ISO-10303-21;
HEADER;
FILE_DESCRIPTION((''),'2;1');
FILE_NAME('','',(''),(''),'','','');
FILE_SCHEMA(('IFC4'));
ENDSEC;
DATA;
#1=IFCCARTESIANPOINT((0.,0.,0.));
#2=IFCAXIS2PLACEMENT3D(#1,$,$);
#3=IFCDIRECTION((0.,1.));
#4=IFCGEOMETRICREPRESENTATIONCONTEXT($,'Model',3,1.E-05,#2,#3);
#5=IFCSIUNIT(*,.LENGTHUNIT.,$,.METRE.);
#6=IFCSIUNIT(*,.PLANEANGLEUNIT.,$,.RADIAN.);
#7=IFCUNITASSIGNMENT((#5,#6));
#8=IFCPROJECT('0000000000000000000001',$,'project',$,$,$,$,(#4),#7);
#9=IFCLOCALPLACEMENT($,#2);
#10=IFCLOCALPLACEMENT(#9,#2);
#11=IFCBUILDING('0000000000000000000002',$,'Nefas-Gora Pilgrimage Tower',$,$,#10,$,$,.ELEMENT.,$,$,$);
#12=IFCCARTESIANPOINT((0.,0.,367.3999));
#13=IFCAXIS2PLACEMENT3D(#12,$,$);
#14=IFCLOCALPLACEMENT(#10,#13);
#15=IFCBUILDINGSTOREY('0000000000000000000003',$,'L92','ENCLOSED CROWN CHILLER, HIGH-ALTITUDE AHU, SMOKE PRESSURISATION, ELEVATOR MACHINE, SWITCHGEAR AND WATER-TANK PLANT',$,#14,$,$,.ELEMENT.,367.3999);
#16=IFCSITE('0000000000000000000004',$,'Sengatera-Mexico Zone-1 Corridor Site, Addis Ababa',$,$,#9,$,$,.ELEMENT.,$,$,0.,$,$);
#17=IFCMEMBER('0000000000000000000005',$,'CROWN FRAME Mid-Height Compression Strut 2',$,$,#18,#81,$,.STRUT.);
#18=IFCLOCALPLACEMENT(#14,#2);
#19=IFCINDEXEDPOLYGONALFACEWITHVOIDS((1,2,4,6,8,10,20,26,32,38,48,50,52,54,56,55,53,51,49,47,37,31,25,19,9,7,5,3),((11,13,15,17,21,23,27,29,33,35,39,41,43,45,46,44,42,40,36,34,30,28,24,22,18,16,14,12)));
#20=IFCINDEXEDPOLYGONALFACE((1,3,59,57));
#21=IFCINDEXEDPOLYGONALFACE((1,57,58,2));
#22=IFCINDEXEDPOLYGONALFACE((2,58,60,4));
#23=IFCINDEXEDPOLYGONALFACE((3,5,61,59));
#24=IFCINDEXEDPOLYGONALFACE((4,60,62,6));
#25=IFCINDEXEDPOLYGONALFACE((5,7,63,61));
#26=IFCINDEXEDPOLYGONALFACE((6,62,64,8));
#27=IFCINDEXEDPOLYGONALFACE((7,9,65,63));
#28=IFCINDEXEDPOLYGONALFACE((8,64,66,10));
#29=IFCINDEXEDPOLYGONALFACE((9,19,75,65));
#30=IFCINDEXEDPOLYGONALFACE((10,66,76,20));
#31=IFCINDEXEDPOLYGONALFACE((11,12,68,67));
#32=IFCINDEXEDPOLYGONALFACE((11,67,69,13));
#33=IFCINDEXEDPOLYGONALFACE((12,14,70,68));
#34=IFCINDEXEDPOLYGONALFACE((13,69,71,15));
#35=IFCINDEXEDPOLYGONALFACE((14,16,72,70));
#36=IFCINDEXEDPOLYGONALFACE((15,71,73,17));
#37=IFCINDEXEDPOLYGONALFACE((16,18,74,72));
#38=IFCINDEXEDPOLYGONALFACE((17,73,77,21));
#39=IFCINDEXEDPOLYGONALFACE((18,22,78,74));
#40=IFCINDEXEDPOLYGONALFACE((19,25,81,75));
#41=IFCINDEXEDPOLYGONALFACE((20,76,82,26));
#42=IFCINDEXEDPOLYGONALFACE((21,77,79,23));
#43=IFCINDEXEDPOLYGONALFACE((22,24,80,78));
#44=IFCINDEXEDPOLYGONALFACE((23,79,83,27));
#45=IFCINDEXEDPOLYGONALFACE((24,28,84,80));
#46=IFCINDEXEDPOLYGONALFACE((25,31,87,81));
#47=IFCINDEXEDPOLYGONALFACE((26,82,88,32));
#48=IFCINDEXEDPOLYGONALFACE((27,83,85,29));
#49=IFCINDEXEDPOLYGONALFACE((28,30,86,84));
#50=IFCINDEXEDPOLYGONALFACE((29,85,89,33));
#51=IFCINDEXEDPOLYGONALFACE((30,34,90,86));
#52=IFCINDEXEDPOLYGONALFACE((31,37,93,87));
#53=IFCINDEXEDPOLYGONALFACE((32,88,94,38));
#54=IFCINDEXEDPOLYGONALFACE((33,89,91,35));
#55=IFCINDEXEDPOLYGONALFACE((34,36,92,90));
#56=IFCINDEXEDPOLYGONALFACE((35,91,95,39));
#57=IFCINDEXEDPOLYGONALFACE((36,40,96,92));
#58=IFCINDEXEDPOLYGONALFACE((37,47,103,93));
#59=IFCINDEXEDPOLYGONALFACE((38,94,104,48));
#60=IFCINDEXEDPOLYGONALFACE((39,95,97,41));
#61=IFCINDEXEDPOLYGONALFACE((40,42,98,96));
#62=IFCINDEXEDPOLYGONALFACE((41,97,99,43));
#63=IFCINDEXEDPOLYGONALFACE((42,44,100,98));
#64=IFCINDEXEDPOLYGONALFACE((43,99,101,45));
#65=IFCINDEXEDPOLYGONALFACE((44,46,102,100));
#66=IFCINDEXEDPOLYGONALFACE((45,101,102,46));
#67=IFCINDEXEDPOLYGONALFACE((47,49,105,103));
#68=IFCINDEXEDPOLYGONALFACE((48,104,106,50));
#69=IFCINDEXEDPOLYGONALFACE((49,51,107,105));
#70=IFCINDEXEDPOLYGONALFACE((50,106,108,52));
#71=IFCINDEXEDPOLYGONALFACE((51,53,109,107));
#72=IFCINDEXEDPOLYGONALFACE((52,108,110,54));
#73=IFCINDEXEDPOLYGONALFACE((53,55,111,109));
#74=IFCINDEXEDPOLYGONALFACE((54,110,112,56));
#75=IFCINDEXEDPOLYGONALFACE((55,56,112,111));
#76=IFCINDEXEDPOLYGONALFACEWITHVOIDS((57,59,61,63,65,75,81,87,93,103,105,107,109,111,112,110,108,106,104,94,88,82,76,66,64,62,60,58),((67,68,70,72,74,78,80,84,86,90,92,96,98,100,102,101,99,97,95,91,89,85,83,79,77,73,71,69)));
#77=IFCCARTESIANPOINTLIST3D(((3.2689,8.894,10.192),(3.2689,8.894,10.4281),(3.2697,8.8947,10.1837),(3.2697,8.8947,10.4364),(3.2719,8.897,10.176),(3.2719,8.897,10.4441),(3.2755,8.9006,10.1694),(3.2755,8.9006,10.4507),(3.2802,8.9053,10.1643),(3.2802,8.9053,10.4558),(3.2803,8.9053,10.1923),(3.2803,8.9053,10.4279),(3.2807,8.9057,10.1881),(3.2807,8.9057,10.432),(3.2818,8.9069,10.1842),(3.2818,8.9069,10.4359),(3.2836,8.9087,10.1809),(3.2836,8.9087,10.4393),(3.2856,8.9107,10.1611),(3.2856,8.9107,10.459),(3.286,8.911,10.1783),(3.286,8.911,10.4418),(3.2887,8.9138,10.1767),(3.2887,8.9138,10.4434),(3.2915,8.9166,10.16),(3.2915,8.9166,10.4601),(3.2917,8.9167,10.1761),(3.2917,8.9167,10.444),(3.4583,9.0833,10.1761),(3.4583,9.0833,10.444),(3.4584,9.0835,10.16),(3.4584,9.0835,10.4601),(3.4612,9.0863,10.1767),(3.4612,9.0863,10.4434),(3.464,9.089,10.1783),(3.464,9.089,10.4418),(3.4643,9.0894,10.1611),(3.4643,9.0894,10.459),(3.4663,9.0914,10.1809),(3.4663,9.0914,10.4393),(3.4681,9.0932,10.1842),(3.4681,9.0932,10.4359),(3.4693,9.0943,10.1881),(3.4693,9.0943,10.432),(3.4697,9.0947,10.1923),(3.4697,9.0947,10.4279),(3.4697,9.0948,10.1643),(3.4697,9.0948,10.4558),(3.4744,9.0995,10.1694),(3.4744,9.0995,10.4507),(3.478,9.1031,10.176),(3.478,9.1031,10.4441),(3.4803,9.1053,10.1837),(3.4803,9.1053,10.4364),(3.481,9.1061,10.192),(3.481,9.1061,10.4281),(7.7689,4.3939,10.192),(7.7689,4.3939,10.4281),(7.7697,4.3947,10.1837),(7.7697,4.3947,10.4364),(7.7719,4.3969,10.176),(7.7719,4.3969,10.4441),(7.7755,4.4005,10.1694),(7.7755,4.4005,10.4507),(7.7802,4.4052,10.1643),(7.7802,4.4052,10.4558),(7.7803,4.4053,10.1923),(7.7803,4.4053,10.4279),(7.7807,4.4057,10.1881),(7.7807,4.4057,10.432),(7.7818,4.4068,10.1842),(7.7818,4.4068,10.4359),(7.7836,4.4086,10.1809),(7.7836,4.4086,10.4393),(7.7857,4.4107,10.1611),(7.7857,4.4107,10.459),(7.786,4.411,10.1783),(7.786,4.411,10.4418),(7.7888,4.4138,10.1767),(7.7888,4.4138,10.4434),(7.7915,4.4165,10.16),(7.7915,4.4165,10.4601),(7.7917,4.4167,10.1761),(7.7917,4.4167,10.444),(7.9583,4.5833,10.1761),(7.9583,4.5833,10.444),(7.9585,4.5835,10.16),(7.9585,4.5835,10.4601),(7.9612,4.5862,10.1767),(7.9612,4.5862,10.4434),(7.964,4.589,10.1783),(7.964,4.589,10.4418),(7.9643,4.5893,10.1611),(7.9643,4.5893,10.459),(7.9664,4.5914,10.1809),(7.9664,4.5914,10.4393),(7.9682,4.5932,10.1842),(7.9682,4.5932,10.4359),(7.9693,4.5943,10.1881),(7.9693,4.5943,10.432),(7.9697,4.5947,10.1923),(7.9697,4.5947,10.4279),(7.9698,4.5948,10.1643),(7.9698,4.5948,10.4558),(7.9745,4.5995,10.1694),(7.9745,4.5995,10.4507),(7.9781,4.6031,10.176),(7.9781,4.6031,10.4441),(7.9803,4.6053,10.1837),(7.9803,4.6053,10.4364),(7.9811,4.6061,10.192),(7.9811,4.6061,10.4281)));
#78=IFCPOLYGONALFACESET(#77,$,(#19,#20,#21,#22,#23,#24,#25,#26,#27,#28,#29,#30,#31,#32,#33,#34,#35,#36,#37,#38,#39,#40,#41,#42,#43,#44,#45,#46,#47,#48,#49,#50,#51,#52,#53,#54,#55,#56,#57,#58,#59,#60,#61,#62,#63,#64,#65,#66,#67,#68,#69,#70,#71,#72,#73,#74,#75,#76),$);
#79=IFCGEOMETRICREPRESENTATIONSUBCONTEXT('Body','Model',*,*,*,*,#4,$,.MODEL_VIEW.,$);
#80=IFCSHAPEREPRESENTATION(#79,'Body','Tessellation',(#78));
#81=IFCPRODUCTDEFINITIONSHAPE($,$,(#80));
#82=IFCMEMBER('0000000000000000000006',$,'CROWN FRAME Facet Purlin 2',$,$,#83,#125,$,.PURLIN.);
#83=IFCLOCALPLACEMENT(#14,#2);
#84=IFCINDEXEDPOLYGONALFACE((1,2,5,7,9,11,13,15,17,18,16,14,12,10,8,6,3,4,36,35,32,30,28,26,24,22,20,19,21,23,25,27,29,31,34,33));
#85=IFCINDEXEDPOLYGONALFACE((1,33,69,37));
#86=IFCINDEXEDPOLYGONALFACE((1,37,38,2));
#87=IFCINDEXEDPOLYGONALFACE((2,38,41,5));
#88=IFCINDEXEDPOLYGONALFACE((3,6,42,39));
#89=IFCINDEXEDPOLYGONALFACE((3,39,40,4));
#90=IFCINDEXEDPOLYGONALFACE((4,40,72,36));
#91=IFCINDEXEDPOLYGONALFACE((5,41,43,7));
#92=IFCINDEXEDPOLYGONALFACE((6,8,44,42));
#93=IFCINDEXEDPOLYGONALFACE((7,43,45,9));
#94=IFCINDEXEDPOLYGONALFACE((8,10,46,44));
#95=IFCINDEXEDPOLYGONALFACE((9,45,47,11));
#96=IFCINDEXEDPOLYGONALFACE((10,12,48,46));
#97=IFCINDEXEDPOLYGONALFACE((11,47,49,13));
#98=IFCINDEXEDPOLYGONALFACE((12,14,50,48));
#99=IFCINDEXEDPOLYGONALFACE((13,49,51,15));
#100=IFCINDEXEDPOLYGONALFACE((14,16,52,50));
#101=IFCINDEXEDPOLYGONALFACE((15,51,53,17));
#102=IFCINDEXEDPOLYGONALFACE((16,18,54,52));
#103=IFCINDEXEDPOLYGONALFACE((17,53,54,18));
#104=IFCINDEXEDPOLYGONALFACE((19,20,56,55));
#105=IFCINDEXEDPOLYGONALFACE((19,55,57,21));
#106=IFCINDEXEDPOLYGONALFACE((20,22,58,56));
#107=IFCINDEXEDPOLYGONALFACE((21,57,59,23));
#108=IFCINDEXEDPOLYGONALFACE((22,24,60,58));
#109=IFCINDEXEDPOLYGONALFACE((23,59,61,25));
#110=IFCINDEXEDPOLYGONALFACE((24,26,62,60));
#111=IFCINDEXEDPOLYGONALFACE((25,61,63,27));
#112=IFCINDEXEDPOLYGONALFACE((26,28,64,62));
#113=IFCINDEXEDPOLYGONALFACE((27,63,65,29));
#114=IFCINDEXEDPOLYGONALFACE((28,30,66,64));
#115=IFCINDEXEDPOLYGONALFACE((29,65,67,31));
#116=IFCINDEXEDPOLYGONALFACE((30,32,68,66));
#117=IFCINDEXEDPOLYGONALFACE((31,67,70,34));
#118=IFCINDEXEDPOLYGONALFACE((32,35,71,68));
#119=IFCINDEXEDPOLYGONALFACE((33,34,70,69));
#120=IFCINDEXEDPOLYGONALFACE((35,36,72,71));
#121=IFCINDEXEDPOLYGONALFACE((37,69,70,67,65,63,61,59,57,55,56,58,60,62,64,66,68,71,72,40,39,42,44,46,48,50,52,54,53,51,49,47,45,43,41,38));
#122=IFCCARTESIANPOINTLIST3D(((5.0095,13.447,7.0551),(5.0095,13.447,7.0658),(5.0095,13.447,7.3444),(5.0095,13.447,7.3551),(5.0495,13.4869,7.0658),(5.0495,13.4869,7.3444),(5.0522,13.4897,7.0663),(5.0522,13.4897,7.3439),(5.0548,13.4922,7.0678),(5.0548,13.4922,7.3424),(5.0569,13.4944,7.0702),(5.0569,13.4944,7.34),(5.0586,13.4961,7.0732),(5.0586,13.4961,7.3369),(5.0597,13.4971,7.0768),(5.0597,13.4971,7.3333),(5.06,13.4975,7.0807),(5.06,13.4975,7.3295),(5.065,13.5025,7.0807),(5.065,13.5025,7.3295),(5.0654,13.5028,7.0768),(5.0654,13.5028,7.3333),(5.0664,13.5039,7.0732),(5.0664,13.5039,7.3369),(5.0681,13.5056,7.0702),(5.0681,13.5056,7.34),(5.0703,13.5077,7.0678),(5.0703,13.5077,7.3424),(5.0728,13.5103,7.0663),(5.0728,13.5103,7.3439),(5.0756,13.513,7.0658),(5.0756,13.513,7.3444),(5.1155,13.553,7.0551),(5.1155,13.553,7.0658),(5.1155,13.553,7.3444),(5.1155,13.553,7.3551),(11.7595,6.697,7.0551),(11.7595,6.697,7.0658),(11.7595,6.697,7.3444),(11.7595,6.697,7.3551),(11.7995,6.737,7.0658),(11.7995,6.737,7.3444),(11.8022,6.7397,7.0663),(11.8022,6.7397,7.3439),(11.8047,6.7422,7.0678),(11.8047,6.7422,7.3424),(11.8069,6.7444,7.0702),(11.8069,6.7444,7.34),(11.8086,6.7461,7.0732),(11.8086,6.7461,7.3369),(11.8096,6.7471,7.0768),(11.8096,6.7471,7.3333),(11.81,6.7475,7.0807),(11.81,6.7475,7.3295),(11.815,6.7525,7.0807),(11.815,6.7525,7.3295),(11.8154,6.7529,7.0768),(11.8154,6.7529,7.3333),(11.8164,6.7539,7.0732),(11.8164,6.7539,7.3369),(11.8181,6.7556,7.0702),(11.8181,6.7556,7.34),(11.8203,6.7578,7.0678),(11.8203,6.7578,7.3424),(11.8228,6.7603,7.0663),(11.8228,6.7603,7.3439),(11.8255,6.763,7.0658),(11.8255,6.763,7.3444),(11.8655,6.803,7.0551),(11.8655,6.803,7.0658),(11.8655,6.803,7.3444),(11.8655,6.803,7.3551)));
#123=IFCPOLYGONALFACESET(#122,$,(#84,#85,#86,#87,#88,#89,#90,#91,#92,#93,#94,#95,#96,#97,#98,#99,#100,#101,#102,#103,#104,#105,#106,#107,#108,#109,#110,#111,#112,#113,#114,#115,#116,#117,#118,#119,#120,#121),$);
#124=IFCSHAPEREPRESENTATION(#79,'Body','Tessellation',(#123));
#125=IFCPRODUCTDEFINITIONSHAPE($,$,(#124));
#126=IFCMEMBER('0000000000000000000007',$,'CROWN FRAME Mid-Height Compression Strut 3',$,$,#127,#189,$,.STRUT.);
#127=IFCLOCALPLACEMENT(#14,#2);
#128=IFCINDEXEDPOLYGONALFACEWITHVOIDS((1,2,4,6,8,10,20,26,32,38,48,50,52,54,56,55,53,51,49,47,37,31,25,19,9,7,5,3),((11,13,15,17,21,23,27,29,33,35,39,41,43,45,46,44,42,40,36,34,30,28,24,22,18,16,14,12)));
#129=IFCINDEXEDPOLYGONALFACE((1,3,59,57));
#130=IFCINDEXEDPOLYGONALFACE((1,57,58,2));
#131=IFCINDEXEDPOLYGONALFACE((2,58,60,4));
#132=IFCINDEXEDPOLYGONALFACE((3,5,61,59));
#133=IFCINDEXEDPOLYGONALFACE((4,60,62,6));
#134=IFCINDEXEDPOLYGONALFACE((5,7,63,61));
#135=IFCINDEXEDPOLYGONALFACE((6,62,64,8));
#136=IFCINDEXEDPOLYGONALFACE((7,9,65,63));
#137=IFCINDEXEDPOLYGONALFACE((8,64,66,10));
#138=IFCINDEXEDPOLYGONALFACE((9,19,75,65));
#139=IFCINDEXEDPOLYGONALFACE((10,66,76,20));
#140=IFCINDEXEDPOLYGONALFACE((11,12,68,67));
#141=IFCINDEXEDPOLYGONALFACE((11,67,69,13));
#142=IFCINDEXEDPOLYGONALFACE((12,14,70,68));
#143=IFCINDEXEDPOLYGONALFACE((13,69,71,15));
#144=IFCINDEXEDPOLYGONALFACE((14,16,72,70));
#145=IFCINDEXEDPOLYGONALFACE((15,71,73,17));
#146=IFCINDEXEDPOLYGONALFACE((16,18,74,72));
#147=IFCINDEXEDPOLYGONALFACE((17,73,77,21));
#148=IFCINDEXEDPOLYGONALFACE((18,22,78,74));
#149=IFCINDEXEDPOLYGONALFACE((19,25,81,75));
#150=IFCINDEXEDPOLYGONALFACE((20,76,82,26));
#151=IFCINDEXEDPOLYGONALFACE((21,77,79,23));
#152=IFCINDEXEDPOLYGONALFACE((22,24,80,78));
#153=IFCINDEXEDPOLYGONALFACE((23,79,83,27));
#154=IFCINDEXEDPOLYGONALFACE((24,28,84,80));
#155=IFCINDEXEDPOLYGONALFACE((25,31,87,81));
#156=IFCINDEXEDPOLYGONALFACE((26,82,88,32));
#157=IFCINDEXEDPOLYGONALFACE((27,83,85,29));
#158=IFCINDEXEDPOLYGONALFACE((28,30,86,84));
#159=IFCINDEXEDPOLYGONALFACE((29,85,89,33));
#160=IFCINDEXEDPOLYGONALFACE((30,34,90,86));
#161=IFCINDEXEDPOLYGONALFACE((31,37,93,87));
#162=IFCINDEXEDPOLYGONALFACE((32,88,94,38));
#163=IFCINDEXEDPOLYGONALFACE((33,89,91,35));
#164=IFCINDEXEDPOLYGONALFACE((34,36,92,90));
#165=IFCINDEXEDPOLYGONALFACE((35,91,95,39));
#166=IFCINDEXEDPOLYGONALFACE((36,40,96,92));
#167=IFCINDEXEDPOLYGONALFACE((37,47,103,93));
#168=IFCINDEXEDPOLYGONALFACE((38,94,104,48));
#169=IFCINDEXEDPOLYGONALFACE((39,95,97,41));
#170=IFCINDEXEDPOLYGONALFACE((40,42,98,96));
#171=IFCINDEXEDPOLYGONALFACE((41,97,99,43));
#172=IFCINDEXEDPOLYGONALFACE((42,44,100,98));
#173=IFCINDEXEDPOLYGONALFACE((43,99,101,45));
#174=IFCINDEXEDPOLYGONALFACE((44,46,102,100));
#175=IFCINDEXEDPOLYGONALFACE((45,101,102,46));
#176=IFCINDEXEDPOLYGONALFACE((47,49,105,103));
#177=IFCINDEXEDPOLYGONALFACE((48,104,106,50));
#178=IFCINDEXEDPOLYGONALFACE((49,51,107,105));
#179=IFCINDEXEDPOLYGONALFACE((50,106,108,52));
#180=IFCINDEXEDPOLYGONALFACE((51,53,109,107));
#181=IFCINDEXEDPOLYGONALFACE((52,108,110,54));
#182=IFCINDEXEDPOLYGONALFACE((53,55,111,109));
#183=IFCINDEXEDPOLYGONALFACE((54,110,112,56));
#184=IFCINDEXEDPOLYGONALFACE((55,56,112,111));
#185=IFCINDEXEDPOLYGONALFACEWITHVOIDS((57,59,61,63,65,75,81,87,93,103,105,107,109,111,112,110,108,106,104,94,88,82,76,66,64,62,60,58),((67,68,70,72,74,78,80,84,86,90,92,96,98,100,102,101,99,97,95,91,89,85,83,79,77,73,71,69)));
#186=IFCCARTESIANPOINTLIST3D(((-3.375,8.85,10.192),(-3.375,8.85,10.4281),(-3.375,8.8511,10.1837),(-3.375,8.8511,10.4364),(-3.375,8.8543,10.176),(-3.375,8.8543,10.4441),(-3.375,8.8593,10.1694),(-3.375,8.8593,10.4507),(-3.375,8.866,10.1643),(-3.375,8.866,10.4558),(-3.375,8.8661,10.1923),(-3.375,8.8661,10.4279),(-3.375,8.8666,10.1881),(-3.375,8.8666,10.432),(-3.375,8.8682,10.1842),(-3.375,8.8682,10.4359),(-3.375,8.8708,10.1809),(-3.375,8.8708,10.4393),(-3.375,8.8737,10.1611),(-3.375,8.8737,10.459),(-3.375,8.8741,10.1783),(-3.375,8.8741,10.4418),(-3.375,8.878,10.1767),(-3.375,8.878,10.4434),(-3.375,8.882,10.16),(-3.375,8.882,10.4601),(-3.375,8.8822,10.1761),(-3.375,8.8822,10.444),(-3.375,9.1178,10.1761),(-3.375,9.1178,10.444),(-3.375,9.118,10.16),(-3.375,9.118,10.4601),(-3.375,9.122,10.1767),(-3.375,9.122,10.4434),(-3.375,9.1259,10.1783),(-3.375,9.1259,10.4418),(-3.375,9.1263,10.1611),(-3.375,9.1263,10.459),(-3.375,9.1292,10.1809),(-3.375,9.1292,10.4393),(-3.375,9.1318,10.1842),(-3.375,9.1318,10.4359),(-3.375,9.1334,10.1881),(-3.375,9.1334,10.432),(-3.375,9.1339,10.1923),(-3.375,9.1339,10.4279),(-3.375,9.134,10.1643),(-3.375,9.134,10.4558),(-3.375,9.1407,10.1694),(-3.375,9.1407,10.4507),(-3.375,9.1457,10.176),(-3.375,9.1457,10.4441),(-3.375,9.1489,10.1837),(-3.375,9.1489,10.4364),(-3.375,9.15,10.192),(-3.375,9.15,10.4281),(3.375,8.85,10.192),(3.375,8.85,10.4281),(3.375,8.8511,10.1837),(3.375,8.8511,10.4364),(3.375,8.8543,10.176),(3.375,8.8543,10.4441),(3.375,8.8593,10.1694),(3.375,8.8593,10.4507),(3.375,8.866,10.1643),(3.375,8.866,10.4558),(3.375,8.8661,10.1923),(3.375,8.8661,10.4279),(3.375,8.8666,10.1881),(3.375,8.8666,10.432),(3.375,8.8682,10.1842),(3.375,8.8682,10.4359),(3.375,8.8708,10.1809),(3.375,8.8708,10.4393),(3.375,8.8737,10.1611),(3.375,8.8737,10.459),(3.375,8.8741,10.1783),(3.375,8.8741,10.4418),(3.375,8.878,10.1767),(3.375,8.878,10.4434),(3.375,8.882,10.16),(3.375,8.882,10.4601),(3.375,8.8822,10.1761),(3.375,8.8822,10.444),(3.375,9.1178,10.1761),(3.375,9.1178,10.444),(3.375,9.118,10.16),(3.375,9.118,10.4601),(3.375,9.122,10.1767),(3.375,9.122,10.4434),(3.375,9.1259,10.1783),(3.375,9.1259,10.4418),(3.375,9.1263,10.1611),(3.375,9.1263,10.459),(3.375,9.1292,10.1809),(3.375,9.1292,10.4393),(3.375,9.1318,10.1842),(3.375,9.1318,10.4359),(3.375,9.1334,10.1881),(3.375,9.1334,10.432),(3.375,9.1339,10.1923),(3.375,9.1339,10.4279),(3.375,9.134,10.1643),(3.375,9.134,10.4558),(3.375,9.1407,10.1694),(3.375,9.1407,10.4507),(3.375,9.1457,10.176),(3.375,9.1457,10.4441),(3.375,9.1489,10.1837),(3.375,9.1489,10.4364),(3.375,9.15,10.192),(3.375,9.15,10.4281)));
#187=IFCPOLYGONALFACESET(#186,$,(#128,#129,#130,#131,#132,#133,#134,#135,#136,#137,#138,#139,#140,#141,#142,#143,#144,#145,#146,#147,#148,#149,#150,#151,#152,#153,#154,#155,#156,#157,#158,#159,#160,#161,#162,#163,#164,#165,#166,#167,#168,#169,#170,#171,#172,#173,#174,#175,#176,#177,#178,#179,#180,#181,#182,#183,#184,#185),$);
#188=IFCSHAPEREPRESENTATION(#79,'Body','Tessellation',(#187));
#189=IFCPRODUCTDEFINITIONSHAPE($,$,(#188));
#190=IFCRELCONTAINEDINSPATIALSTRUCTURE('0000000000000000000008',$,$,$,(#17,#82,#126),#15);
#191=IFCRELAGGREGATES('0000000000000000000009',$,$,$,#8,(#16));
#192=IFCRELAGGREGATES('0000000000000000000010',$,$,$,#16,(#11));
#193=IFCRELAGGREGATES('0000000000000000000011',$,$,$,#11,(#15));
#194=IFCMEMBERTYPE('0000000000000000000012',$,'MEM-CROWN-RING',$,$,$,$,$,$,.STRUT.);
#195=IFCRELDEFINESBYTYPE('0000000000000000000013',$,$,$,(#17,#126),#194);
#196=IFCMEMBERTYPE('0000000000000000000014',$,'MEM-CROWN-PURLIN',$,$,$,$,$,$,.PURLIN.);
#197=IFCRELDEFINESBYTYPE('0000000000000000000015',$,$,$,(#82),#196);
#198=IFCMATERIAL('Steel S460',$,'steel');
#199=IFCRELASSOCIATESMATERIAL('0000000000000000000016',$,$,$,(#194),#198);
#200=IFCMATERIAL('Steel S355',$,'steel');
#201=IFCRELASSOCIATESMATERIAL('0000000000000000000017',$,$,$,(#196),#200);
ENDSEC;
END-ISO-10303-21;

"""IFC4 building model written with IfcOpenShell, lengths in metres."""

from ifc_helpers import new_model, si_unit, direction, frame, origin, origin_2d, place, context, subcontext, project, spatial, hollow_rectangle, i_section, extrude, source, transform, mapped, material, material_profile, profile_set, type_object, element, save


model = new_model("IFC4")

# Units and contexts
model_context = context("Model", 3, precision=1e-05, world=origin(), true_north=direction((0.0, 1.0)))
body_context = subcontext(model_context, "Body", "Model", "MODEL_VIEW")
ifc_project = project(units=[si_unit("LENGTHUNIT", "METRE"), si_unit("PLANEANGLEUNIT", "RADIAN")], contexts=[model_context])

# Site, building, storey
site_placement = place(None, origin())
site = spatial("IfcSite", under=ifc_project, at=site_placement, Name="Sengatera-Mexico Zone-1 Corridor Site, Addis Ababa", CompositionType="ELEMENT", RefElevation=0.0)
building_placement = place(site_placement, origin())
building = spatial("IfcBuilding", under=site, at=building_placement, Name="Nefas-Gora Pilgrimage Tower", CompositionType="ELEMENT")
storey_placement = place(building_placement, frame((0.0, 0.0, 367.3999)))
storey = spatial("IfcBuildingStorey", under=building, at=storey_placement, Name="L92", Description="ENCLOSED CROWN CHILLER, HIGH-ALTITUDE AHU, SMOKE PRESSURISATION, ELEVATOR MACHINE, SWITCHGEAR AND WATER-TANK PLANT", CompositionType="ELEMENT", Elevation=367.3999)

# Shared definitions
ifc_material_1 = material(Name="Steel S355", Category="steel")

# Members
ifc_material_2 = material(Name="Steel S460", Category="steel")
ifc_material_profile_1 = material_profile(ifc_material_2, hollow_rectangle(XDim=0.3, YDim=0.3, WallThickness=0.0161, InnerFilletRadius=0.0161, OuterFilletRadius=0.032, at=origin_2d()), Name="SHS 300x300x16")
ifc_profile_set_1 = profile_set([ifc_material_profile_1], Name="Steel S460")
member_type_1 = type_object("IfcMemberType", Name="MEM-CROWN-RING", PredefinedType="STRUT", material=ifc_profile_set_1)
shared_shape_1 = source(origin(), body_context, "Body", "SweptSolid", [
    extrude(hollow_rectangle(XDim=0.3, YDim=0.3, WallThickness=0.0161, InnerFilletRadius=0.0161, OuterFilletRadius=0.032, at=origin_2d()), origin(), (0.0, 0.0, 1.0), 6.364),
])
member_1_placement = place(storey_placement, frame((7.875, 4.5, 10.3101), z_axis=(-0.707107, 0.707107, 0.0), x_axis=(-0.707107, -0.707107, 0.0)))
element("IfcMember", 1, at=member_1_placement, inside=storey, type_object=member_type_1, Name="CROWN FRAME Mid-Height Compression Strut 2", PredefinedType="STRUT", context=body_context, shape_type="MappedRepresentation", body=[
    mapped(shared_shape_1, transform((0.0, 0.0, 0.0), x_axis=(1.0, 0.0, 0.0), y_axis=(0.0, 1.0, 0.0), z_axis=(0.0, 0.0, 1.0), scale=1.0)),
])
ifc_material_profile_2 = material_profile(ifc_material_1, i_section(OverallWidth=0.1499, OverallDepth=0.3, WebThickness=0.0071, FlangeThickness=0.0107, FilletRadius=0.0149, at=origin_2d()), Name="IPE 300")
ifc_profile_set_2 = profile_set([ifc_material_profile_2], Name="Steel S355")
member_type_2 = type_object("IfcMemberType", Name="MEM-CROWN-PURLIN", PredefinedType="PURLIN", material=ifc_profile_set_2)
shared_shape_2 = source(origin(), body_context, "Body", "SweptSolid", [
    extrude(i_section(OverallWidth=0.1499, OverallDepth=0.3, WebThickness=0.0071, FlangeThickness=0.0107, FilletRadius=0.0149, at=origin_2d()), origin(), (0.0, 0.0, 1.0), 9.5459),
])
member_2_placement = place(storey_placement, frame((11.8125, 6.75, 7.2051), z_axis=(-0.707107, 0.707107, 0.0), x_axis=(-0.707107, -0.707107, 0.0)))
element("IfcMember", 2, at=member_2_placement, inside=storey, type_object=member_type_2, Name="CROWN FRAME Facet Purlin 2", PredefinedType="PURLIN", context=body_context, shape_type="MappedRepresentation", body=[
    mapped(shared_shape_2, transform((0.0, 0.0, 0.0), x_axis=(1.0, 0.0, 0.0), y_axis=(0.0, 1.0, 0.0), z_axis=(0.0, 0.0, 1.0), scale=1.0)),
])
shared_shape_3 = source(origin(), body_context, "Body", "SweptSolid", [
    extrude(hollow_rectangle(XDim=0.3, YDim=0.3, WallThickness=0.0161, InnerFilletRadius=0.0161, OuterFilletRadius=0.032, at=origin_2d()), origin(), (0.0, 0.0, 1.0), 6.75),
])
member_3_placement = place(storey_placement, frame((3.375, 9.0, 10.3101), z_axis=(-1.0, 0.0, 0.0), x_axis=(0.0, -1.0, 0.0)))
element("IfcMember", 3, at=member_3_placement, inside=storey, type_object=member_type_1, Name="CROWN FRAME Mid-Height Compression Strut 3", PredefinedType="STRUT", context=body_context, shape_type="MappedRepresentation", body=[
    mapped(shared_shape_3, transform((0.0, 0.0, 0.0), x_axis=(1.0, 0.0, 0.0), y_axis=(0.0, 1.0, 0.0), z_axis=(0.0, 0.0, 1.0), scale=1.0)),
])

save(model, "model.ifc")
